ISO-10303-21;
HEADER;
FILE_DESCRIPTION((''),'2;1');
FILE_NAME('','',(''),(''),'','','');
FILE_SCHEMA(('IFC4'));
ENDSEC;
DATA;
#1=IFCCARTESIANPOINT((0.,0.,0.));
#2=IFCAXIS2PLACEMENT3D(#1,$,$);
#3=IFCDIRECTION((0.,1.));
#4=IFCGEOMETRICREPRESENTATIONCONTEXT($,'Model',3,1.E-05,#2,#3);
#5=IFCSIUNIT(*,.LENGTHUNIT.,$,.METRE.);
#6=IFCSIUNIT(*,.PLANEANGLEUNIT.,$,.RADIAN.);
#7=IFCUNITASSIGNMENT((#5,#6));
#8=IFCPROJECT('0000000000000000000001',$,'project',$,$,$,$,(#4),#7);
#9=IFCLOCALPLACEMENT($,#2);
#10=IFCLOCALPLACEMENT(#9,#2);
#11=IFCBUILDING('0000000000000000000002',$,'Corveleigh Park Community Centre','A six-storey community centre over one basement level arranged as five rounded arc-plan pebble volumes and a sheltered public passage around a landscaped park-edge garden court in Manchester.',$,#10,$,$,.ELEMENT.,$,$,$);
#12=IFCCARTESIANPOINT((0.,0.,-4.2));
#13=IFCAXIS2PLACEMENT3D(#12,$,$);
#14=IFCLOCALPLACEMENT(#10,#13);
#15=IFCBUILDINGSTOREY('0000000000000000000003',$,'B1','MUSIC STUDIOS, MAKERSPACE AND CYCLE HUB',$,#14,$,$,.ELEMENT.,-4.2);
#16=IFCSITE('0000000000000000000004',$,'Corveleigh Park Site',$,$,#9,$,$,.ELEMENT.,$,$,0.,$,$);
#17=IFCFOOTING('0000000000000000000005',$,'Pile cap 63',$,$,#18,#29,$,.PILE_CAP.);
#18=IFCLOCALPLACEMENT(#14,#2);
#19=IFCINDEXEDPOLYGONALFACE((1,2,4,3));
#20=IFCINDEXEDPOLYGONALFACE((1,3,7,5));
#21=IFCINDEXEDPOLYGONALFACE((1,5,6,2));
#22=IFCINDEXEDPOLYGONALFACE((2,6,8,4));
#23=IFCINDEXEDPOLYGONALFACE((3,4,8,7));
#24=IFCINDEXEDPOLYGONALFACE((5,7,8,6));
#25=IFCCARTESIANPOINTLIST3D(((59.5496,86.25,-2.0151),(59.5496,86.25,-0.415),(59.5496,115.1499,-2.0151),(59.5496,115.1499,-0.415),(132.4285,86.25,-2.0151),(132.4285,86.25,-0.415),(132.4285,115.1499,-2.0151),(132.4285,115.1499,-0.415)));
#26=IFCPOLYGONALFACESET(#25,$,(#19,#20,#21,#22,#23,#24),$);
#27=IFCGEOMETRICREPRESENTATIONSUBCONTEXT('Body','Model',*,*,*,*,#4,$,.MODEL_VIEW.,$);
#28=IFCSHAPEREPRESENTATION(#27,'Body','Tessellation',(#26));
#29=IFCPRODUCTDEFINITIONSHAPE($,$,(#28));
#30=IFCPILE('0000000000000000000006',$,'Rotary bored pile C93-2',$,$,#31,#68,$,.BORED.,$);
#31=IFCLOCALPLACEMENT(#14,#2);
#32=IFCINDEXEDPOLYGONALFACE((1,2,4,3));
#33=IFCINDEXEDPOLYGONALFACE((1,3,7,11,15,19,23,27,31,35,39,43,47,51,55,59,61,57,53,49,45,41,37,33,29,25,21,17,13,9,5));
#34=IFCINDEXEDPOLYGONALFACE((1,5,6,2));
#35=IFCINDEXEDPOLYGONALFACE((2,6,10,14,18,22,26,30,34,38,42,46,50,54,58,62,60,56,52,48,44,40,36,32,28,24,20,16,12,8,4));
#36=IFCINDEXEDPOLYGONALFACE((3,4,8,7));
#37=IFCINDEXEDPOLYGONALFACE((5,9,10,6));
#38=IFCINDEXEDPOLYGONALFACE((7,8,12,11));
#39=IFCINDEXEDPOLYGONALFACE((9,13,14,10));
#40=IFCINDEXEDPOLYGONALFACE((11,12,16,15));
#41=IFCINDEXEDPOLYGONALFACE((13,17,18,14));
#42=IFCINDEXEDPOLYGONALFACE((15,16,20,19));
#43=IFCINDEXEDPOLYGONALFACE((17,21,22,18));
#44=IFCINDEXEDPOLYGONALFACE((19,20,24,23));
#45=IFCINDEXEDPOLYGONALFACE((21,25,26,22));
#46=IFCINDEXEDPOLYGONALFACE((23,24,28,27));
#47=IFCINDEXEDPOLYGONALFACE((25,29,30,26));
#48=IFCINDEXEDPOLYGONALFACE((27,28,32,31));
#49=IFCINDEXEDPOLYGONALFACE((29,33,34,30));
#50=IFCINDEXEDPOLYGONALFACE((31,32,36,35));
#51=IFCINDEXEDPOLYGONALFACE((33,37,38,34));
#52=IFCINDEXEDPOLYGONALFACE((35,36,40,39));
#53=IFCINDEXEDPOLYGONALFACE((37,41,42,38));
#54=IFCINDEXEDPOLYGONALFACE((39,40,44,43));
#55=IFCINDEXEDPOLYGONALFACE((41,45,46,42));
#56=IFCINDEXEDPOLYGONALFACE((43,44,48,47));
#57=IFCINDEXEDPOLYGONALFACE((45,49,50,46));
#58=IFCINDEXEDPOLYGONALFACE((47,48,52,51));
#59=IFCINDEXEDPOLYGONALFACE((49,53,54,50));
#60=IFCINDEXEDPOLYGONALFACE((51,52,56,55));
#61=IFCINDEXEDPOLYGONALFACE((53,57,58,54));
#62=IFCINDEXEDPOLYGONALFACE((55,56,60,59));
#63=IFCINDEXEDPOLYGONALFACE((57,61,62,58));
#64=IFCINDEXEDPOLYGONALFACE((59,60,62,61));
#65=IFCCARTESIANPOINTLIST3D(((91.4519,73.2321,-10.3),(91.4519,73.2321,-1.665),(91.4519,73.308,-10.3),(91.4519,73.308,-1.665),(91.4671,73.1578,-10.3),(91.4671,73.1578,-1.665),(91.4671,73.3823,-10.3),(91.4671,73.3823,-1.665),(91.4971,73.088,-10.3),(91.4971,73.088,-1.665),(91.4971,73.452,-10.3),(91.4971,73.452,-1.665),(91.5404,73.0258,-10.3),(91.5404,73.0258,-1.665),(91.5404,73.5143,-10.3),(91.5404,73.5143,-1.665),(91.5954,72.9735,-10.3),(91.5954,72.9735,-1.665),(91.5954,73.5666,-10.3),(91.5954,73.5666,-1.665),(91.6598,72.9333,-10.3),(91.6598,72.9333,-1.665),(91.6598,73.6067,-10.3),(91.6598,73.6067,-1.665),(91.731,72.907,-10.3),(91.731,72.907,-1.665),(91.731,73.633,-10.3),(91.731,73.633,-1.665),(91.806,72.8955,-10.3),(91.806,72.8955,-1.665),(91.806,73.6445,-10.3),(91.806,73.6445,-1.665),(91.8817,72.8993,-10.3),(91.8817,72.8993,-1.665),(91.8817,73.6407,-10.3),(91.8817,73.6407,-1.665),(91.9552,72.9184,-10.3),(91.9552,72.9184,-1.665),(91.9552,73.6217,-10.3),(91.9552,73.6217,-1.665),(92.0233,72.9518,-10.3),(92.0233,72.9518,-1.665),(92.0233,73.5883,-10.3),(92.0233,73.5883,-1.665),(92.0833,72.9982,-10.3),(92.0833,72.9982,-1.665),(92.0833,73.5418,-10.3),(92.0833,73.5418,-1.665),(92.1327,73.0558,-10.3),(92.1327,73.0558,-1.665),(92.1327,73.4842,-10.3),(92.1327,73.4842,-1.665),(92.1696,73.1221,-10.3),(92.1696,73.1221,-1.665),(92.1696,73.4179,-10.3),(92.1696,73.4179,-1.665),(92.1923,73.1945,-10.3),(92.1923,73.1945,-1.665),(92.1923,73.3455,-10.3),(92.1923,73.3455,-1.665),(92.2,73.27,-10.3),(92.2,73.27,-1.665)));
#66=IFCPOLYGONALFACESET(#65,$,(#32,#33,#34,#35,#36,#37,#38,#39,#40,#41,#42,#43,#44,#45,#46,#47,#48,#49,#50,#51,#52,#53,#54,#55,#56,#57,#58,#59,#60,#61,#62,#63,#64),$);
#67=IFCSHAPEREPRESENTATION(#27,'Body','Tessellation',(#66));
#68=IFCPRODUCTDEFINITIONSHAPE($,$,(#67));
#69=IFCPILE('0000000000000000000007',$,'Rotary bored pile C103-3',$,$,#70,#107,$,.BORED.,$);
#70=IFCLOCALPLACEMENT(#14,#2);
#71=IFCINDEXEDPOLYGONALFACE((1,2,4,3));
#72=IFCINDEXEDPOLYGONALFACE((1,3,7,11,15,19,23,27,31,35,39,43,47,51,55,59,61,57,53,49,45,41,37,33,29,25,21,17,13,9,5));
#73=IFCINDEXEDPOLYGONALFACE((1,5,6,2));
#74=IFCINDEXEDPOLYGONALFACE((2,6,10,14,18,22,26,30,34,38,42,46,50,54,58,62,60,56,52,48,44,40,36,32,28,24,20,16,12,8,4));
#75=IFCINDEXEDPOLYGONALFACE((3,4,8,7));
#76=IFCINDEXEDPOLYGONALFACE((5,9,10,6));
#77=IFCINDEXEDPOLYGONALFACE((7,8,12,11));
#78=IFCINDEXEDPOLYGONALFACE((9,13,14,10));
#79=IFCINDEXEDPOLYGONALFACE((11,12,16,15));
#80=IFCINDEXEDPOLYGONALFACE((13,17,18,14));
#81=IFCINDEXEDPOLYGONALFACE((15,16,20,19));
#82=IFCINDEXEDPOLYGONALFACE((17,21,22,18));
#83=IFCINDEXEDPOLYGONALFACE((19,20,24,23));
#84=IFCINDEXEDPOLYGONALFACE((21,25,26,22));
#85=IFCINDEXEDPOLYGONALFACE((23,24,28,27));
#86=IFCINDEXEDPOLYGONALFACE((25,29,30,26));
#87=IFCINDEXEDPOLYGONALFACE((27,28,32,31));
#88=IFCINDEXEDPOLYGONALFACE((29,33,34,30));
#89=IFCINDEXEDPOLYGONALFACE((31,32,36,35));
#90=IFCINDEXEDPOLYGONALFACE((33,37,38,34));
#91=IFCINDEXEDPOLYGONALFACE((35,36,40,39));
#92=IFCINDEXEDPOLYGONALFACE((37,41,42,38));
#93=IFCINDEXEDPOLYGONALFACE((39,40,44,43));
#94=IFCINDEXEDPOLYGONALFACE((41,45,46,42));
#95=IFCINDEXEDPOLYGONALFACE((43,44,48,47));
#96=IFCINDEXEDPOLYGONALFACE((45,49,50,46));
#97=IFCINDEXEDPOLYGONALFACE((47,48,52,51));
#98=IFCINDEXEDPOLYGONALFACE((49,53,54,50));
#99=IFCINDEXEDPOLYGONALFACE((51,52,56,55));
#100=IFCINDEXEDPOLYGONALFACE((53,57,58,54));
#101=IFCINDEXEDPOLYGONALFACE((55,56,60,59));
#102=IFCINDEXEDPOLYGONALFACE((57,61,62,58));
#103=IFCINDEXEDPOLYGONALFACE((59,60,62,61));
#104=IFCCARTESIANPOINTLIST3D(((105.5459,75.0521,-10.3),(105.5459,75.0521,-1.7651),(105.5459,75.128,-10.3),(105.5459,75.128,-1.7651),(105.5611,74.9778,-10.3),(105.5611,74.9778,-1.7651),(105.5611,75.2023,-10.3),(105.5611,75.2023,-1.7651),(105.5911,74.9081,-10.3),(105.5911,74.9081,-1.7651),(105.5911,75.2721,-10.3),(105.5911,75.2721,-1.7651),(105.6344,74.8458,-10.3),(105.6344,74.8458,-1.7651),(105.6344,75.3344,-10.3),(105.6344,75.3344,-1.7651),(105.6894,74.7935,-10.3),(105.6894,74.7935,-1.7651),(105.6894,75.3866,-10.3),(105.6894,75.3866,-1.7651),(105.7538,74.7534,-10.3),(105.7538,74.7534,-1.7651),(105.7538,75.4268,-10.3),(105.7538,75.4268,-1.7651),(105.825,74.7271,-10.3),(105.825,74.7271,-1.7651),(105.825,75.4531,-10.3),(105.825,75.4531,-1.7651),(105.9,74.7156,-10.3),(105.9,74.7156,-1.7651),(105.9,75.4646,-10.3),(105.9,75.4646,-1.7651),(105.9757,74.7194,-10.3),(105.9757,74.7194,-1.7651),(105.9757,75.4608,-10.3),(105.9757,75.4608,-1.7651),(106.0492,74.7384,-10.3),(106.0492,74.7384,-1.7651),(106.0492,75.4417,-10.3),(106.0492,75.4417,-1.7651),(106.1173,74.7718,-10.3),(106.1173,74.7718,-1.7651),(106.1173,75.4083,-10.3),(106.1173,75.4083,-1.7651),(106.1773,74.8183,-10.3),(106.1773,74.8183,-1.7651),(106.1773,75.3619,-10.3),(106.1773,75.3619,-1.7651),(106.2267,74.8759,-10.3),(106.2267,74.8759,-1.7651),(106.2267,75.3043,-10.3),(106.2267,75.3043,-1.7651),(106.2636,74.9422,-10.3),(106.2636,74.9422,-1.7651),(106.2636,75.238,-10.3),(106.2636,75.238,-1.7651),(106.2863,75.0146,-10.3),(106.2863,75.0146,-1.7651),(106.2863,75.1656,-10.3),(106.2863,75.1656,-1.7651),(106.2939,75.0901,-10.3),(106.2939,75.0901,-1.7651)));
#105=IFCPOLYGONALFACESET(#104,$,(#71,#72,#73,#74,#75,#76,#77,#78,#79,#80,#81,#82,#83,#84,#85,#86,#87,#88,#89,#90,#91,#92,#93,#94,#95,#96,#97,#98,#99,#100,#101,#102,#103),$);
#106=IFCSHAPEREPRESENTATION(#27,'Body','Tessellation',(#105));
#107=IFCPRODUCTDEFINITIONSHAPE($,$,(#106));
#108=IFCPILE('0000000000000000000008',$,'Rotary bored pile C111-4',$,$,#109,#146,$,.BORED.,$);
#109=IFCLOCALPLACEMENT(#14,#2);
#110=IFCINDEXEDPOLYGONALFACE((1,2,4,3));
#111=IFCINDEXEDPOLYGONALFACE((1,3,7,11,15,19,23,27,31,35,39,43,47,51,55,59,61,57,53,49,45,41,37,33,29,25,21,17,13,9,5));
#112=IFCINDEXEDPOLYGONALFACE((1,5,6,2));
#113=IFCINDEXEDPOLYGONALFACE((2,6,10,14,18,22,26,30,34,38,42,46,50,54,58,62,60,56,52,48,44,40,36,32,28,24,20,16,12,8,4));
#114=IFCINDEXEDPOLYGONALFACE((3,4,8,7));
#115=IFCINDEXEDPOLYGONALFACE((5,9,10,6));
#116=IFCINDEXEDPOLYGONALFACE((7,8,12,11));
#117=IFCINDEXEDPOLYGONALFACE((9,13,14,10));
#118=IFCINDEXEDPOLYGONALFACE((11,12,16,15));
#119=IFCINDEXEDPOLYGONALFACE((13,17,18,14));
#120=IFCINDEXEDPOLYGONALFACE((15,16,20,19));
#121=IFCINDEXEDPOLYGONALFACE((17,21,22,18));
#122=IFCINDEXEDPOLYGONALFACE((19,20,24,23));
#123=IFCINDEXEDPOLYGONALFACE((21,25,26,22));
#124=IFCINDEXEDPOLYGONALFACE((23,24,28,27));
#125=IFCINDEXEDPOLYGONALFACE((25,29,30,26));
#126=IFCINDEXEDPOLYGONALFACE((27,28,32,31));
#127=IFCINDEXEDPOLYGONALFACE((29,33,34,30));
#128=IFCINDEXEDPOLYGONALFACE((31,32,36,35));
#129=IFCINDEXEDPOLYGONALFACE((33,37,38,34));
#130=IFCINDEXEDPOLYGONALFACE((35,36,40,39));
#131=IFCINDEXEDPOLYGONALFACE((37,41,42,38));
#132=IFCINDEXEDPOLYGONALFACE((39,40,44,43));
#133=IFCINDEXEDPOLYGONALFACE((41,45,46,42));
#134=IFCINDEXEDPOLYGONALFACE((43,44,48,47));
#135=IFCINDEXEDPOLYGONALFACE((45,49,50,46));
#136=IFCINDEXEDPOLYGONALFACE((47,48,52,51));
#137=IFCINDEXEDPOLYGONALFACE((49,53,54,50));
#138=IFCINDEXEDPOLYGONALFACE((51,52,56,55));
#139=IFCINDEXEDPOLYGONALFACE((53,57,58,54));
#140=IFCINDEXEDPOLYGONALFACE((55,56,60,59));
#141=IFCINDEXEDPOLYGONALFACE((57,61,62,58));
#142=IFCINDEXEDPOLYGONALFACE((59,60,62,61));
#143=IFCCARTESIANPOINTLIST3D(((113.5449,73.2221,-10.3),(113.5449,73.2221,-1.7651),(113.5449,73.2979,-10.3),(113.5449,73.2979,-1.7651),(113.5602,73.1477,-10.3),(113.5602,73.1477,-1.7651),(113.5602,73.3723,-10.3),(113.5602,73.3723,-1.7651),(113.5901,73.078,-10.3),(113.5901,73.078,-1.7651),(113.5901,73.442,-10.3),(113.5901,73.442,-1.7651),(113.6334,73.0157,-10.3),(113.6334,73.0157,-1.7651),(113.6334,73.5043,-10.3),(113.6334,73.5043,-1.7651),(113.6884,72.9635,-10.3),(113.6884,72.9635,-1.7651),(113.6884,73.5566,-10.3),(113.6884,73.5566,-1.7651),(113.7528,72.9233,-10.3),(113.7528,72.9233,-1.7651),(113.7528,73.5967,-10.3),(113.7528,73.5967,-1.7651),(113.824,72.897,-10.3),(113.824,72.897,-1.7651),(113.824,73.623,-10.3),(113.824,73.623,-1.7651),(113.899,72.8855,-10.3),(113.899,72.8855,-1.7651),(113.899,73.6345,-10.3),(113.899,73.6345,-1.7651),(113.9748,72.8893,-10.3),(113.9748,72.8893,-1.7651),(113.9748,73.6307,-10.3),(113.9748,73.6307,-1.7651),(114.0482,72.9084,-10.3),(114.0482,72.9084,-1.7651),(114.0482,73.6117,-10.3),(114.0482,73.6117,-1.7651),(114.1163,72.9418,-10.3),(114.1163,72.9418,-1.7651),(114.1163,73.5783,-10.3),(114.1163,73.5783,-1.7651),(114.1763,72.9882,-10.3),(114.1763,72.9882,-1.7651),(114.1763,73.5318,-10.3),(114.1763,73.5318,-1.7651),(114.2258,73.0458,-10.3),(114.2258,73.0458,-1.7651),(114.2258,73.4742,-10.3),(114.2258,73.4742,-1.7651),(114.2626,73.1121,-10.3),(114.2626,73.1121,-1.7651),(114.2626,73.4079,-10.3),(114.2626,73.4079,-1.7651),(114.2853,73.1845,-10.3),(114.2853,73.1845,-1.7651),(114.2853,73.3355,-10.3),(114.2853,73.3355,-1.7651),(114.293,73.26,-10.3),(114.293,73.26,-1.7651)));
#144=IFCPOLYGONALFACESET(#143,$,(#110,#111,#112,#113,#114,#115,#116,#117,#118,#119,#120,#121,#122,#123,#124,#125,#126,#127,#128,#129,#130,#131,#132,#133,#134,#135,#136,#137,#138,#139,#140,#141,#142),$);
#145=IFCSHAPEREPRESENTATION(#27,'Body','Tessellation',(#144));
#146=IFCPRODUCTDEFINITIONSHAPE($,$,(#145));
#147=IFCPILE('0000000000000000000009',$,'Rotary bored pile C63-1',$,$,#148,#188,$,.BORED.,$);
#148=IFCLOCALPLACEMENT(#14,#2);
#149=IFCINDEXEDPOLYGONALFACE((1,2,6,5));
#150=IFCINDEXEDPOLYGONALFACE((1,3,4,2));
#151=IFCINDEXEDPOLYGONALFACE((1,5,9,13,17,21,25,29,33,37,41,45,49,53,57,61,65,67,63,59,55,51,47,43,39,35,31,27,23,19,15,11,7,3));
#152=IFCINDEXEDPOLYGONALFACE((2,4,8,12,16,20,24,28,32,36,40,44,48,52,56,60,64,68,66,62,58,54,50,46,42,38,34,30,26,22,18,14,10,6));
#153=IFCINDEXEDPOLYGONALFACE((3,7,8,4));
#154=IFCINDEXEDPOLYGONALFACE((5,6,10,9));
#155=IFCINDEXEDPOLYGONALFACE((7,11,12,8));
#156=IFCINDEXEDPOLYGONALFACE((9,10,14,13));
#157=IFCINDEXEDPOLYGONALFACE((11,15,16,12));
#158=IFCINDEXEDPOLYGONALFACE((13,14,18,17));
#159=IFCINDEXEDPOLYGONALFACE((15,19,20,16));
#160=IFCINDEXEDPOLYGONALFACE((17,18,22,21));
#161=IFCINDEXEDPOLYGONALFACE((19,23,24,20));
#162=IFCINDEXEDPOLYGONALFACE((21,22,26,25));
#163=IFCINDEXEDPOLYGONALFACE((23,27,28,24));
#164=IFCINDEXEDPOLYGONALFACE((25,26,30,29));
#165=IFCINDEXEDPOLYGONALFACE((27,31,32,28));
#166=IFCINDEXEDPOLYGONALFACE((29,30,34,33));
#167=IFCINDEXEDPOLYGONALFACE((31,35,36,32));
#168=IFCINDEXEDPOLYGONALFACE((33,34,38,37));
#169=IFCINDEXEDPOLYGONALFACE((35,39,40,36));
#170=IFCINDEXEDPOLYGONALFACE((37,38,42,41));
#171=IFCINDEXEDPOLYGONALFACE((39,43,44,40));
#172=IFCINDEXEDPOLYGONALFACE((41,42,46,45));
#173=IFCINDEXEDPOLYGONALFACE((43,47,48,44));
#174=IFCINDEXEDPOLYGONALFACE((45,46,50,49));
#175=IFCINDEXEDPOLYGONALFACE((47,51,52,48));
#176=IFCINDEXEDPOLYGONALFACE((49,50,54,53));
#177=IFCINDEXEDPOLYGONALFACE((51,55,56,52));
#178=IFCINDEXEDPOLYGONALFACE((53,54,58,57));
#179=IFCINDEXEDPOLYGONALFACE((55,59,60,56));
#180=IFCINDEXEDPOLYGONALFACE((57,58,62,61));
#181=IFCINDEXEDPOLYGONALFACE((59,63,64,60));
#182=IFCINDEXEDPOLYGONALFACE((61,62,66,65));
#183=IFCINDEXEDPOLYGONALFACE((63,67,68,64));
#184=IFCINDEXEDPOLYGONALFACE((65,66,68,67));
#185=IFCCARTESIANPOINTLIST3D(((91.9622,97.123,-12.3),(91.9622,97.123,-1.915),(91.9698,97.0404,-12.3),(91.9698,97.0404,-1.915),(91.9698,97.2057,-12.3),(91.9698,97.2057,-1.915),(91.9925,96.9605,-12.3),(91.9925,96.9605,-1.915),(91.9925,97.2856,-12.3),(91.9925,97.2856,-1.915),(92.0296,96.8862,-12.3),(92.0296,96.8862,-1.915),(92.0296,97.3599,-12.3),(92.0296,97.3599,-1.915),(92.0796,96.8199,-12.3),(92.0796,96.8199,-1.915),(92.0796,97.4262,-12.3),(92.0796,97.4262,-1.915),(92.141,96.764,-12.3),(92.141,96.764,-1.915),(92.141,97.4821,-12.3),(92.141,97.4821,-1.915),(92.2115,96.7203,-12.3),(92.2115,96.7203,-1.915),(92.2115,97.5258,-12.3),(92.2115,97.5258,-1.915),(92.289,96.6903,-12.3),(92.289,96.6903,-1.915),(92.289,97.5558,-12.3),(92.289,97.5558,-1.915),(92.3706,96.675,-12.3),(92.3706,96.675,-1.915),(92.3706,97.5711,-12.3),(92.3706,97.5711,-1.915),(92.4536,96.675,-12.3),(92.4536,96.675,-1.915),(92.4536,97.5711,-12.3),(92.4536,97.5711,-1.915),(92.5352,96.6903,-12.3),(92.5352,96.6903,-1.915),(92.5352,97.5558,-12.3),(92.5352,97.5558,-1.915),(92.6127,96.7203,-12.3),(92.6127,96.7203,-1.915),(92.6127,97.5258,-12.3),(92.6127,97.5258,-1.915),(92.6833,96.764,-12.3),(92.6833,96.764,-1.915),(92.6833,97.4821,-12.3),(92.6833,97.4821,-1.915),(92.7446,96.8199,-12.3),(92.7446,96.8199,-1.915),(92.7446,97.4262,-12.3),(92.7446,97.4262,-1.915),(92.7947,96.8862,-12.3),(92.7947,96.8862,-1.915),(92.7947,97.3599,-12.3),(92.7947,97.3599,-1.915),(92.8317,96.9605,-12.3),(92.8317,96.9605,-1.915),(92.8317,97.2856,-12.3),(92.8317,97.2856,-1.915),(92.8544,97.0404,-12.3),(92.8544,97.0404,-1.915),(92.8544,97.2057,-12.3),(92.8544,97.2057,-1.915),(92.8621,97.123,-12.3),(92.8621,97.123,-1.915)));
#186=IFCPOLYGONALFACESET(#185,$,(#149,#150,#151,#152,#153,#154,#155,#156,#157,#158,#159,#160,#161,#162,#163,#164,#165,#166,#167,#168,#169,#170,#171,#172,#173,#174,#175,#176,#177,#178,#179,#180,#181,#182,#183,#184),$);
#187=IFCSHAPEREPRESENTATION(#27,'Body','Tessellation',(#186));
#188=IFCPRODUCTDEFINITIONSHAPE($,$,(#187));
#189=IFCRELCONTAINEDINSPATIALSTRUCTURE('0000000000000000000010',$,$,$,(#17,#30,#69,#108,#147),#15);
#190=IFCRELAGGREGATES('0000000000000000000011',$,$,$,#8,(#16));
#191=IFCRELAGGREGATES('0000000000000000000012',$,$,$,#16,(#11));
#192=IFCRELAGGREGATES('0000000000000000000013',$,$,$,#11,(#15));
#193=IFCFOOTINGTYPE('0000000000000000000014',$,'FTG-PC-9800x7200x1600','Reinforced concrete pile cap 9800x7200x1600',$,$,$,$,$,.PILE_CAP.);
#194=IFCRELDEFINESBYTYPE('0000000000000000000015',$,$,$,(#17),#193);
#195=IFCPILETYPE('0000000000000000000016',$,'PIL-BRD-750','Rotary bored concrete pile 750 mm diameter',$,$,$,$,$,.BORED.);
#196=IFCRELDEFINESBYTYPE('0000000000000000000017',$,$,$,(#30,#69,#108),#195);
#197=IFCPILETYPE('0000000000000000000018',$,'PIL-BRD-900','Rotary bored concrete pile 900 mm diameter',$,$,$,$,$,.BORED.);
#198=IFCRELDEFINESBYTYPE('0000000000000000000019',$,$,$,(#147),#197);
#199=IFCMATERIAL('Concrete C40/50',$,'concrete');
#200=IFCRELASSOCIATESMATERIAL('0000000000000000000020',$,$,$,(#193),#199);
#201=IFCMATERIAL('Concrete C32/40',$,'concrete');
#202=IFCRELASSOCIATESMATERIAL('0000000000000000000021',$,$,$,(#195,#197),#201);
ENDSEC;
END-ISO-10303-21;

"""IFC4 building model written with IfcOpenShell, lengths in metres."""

from ifc_helpers import new_model, si_unit, direction, frame, origin, origin_2d, place, context, subcontext, project, spatial, rectangle, circle, extrude, material, material_profile, profile_set, type_object, element, save


model = new_model("IFC4")

# Units and contexts
model_context = context("Model", 3, precision=1e-05, world=origin(), true_north=direction((0.0, 1.0)))
body_context = subcontext(model_context, "Body", "Model", "MODEL_VIEW")
ifc_project = project(units=[si_unit("LENGTHUNIT", "METRE"), si_unit("PLANEANGLEUNIT", "RADIAN")], contexts=[model_context])

# Site, building, storey
site_placement = place(None, origin())
site = spatial("IfcSite", under=ifc_project, at=site_placement, Name="Corveleigh Park Site", CompositionType="ELEMENT", RefElevation=0.0)
building_placement = place(site_placement, origin())
building = spatial("IfcBuilding", under=site, at=building_placement, Name="Corveleigh Park Community Centre", Description="A six-storey community centre over one basement level arranged as five rounded arc-plan pebble volumes and a sheltered public passage around a landscaped park-edge garden court in Manchester.", CompositionType="ELEMENT")
storey_placement = place(building_placement, frame((0.0, 0.0, -4.2)))
storey = spatial("IfcBuildingStorey", under=building, at=storey_placement, Name="B1", Description="MUSIC STUDIOS, MAKERSPACE AND CYCLE HUB", CompositionType="ELEMENT", Elevation=-4.2)

# Footing
ifc_material_1 = material(Name="Concrete C40/50", Category="concrete")
footing_type = type_object("IfcFootingType", Name="FTG-PC-9800x7200x1600", Description="Reinforced concrete pile cap 9800x7200x1600", PredefinedType="PILE_CAP", material=ifc_material_1)
footing_placement = place(storey_placement, frame((95.989, 100.7, -2.0151), z_axis=(0.0, 0.0, 1.0), x_axis=(1.0, 0.0, 0.0)))
element("IfcFooting", 1, at=footing_placement, inside=storey, type_object=footing_type, Name="Pile cap 63", PredefinedType="PILE_CAP", context=body_context, shape_type="SweptSolid", body=[
    extrude(rectangle(XDim=72.8789, YDim=28.8999, at=origin_2d()), origin(), (0.0, 0.0, 1.0), 1.6001),
])

# Piles
ifc_material_2 = material(Name="Concrete C32/40", Category="concrete")
ifc_material_profile_1 = material_profile(ifc_material_2, circle(Radius=0.375, at=origin_2d()), Name="BORED-PILE-750", Category="concrete")
ifc_profile_set_1 = profile_set([ifc_material_profile_1], Name="Concrete C32/40")
pile_type_1 = type_object("IfcPileType", Name="PIL-BRD-750", Description="Rotary bored concrete pile 750 mm diameter", PredefinedType="BORED", material=ifc_profile_set_1)
pile_placement = place(storey_placement, frame((91.825, 73.27, -1.665), z_axis=(0.0, 0.0, -1.0), x_axis=(1.0, 0.0, 0.0)))
element("IfcPile", 2, at=pile_placement, inside=storey, type_object=pile_type_1, Name="Rotary bored pile C93-2", PredefinedType="BORED", context=body_context, shape_type="SweptSolid", body=[
    extrude(circle(Radius=0.375, at=origin_2d()), origin(), (0.0, 0.0, 1.0), 8.635),
])
for number, where, z_axis, x_axis, name in (
    (3, (105.9189, 75.0901, -1.7651), (0.0, 0.0, -1.0), (1.0, 0.0, 0.0), "Rotary bored pile C103-3"),
    (4, (113.918, 73.26, -1.7651), (0.0, 0.0, -1.0), (1.0, 0.0, 0.0), "Rotary bored pile C111-4"),
):
    element("IfcPile", number, at=place(storey_placement, frame(where, z_axis=z_axis, x_axis=x_axis)), inside=storey, type_object=pile_type_1, Name=name, PredefinedType="BORED", context=body_context, shape_type="SweptSolid", body=[
        extrude(circle(Radius=0.375, at=origin_2d()), origin(), (0.0, 0.0, 1.0), 8.5349),
    ])
ifc_material_profile_2 = material_profile(ifc_material_2, circle(Radius=0.45, at=origin_2d()), Name="BORED-PILE-900", Category="concrete")
ifc_profile_set_2 = profile_set([ifc_material_profile_2], Name="Concrete C32/40")
pile_type_2 = type_object("IfcPileType", Name="PIL-BRD-900", Description="Rotary bored concrete pile 900 mm diameter", PredefinedType="BORED", material=ifc_profile_set_2)
for number, where, z_axis, x_axis, name in (
    (5, (92.4121, 97.123, -1.915), (0.0, 0.0, -1.0), (1.0, 0.0, 0.0), "Rotary bored pile C63-1"),
):
    element("IfcPile", number, at=place(storey_placement, frame(where, z_axis=z_axis, x_axis=x_axis)), inside=storey, type_object=pile_type_2, Name=name, PredefinedType="BORED", context=body_context, shape_type="SweptSolid", body=[
        extrude(circle(Radius=0.45, at=origin_2d()), origin(), (0.0, 0.0, 1.0), 10.385),
    ])

save(model, "model.ifc")
